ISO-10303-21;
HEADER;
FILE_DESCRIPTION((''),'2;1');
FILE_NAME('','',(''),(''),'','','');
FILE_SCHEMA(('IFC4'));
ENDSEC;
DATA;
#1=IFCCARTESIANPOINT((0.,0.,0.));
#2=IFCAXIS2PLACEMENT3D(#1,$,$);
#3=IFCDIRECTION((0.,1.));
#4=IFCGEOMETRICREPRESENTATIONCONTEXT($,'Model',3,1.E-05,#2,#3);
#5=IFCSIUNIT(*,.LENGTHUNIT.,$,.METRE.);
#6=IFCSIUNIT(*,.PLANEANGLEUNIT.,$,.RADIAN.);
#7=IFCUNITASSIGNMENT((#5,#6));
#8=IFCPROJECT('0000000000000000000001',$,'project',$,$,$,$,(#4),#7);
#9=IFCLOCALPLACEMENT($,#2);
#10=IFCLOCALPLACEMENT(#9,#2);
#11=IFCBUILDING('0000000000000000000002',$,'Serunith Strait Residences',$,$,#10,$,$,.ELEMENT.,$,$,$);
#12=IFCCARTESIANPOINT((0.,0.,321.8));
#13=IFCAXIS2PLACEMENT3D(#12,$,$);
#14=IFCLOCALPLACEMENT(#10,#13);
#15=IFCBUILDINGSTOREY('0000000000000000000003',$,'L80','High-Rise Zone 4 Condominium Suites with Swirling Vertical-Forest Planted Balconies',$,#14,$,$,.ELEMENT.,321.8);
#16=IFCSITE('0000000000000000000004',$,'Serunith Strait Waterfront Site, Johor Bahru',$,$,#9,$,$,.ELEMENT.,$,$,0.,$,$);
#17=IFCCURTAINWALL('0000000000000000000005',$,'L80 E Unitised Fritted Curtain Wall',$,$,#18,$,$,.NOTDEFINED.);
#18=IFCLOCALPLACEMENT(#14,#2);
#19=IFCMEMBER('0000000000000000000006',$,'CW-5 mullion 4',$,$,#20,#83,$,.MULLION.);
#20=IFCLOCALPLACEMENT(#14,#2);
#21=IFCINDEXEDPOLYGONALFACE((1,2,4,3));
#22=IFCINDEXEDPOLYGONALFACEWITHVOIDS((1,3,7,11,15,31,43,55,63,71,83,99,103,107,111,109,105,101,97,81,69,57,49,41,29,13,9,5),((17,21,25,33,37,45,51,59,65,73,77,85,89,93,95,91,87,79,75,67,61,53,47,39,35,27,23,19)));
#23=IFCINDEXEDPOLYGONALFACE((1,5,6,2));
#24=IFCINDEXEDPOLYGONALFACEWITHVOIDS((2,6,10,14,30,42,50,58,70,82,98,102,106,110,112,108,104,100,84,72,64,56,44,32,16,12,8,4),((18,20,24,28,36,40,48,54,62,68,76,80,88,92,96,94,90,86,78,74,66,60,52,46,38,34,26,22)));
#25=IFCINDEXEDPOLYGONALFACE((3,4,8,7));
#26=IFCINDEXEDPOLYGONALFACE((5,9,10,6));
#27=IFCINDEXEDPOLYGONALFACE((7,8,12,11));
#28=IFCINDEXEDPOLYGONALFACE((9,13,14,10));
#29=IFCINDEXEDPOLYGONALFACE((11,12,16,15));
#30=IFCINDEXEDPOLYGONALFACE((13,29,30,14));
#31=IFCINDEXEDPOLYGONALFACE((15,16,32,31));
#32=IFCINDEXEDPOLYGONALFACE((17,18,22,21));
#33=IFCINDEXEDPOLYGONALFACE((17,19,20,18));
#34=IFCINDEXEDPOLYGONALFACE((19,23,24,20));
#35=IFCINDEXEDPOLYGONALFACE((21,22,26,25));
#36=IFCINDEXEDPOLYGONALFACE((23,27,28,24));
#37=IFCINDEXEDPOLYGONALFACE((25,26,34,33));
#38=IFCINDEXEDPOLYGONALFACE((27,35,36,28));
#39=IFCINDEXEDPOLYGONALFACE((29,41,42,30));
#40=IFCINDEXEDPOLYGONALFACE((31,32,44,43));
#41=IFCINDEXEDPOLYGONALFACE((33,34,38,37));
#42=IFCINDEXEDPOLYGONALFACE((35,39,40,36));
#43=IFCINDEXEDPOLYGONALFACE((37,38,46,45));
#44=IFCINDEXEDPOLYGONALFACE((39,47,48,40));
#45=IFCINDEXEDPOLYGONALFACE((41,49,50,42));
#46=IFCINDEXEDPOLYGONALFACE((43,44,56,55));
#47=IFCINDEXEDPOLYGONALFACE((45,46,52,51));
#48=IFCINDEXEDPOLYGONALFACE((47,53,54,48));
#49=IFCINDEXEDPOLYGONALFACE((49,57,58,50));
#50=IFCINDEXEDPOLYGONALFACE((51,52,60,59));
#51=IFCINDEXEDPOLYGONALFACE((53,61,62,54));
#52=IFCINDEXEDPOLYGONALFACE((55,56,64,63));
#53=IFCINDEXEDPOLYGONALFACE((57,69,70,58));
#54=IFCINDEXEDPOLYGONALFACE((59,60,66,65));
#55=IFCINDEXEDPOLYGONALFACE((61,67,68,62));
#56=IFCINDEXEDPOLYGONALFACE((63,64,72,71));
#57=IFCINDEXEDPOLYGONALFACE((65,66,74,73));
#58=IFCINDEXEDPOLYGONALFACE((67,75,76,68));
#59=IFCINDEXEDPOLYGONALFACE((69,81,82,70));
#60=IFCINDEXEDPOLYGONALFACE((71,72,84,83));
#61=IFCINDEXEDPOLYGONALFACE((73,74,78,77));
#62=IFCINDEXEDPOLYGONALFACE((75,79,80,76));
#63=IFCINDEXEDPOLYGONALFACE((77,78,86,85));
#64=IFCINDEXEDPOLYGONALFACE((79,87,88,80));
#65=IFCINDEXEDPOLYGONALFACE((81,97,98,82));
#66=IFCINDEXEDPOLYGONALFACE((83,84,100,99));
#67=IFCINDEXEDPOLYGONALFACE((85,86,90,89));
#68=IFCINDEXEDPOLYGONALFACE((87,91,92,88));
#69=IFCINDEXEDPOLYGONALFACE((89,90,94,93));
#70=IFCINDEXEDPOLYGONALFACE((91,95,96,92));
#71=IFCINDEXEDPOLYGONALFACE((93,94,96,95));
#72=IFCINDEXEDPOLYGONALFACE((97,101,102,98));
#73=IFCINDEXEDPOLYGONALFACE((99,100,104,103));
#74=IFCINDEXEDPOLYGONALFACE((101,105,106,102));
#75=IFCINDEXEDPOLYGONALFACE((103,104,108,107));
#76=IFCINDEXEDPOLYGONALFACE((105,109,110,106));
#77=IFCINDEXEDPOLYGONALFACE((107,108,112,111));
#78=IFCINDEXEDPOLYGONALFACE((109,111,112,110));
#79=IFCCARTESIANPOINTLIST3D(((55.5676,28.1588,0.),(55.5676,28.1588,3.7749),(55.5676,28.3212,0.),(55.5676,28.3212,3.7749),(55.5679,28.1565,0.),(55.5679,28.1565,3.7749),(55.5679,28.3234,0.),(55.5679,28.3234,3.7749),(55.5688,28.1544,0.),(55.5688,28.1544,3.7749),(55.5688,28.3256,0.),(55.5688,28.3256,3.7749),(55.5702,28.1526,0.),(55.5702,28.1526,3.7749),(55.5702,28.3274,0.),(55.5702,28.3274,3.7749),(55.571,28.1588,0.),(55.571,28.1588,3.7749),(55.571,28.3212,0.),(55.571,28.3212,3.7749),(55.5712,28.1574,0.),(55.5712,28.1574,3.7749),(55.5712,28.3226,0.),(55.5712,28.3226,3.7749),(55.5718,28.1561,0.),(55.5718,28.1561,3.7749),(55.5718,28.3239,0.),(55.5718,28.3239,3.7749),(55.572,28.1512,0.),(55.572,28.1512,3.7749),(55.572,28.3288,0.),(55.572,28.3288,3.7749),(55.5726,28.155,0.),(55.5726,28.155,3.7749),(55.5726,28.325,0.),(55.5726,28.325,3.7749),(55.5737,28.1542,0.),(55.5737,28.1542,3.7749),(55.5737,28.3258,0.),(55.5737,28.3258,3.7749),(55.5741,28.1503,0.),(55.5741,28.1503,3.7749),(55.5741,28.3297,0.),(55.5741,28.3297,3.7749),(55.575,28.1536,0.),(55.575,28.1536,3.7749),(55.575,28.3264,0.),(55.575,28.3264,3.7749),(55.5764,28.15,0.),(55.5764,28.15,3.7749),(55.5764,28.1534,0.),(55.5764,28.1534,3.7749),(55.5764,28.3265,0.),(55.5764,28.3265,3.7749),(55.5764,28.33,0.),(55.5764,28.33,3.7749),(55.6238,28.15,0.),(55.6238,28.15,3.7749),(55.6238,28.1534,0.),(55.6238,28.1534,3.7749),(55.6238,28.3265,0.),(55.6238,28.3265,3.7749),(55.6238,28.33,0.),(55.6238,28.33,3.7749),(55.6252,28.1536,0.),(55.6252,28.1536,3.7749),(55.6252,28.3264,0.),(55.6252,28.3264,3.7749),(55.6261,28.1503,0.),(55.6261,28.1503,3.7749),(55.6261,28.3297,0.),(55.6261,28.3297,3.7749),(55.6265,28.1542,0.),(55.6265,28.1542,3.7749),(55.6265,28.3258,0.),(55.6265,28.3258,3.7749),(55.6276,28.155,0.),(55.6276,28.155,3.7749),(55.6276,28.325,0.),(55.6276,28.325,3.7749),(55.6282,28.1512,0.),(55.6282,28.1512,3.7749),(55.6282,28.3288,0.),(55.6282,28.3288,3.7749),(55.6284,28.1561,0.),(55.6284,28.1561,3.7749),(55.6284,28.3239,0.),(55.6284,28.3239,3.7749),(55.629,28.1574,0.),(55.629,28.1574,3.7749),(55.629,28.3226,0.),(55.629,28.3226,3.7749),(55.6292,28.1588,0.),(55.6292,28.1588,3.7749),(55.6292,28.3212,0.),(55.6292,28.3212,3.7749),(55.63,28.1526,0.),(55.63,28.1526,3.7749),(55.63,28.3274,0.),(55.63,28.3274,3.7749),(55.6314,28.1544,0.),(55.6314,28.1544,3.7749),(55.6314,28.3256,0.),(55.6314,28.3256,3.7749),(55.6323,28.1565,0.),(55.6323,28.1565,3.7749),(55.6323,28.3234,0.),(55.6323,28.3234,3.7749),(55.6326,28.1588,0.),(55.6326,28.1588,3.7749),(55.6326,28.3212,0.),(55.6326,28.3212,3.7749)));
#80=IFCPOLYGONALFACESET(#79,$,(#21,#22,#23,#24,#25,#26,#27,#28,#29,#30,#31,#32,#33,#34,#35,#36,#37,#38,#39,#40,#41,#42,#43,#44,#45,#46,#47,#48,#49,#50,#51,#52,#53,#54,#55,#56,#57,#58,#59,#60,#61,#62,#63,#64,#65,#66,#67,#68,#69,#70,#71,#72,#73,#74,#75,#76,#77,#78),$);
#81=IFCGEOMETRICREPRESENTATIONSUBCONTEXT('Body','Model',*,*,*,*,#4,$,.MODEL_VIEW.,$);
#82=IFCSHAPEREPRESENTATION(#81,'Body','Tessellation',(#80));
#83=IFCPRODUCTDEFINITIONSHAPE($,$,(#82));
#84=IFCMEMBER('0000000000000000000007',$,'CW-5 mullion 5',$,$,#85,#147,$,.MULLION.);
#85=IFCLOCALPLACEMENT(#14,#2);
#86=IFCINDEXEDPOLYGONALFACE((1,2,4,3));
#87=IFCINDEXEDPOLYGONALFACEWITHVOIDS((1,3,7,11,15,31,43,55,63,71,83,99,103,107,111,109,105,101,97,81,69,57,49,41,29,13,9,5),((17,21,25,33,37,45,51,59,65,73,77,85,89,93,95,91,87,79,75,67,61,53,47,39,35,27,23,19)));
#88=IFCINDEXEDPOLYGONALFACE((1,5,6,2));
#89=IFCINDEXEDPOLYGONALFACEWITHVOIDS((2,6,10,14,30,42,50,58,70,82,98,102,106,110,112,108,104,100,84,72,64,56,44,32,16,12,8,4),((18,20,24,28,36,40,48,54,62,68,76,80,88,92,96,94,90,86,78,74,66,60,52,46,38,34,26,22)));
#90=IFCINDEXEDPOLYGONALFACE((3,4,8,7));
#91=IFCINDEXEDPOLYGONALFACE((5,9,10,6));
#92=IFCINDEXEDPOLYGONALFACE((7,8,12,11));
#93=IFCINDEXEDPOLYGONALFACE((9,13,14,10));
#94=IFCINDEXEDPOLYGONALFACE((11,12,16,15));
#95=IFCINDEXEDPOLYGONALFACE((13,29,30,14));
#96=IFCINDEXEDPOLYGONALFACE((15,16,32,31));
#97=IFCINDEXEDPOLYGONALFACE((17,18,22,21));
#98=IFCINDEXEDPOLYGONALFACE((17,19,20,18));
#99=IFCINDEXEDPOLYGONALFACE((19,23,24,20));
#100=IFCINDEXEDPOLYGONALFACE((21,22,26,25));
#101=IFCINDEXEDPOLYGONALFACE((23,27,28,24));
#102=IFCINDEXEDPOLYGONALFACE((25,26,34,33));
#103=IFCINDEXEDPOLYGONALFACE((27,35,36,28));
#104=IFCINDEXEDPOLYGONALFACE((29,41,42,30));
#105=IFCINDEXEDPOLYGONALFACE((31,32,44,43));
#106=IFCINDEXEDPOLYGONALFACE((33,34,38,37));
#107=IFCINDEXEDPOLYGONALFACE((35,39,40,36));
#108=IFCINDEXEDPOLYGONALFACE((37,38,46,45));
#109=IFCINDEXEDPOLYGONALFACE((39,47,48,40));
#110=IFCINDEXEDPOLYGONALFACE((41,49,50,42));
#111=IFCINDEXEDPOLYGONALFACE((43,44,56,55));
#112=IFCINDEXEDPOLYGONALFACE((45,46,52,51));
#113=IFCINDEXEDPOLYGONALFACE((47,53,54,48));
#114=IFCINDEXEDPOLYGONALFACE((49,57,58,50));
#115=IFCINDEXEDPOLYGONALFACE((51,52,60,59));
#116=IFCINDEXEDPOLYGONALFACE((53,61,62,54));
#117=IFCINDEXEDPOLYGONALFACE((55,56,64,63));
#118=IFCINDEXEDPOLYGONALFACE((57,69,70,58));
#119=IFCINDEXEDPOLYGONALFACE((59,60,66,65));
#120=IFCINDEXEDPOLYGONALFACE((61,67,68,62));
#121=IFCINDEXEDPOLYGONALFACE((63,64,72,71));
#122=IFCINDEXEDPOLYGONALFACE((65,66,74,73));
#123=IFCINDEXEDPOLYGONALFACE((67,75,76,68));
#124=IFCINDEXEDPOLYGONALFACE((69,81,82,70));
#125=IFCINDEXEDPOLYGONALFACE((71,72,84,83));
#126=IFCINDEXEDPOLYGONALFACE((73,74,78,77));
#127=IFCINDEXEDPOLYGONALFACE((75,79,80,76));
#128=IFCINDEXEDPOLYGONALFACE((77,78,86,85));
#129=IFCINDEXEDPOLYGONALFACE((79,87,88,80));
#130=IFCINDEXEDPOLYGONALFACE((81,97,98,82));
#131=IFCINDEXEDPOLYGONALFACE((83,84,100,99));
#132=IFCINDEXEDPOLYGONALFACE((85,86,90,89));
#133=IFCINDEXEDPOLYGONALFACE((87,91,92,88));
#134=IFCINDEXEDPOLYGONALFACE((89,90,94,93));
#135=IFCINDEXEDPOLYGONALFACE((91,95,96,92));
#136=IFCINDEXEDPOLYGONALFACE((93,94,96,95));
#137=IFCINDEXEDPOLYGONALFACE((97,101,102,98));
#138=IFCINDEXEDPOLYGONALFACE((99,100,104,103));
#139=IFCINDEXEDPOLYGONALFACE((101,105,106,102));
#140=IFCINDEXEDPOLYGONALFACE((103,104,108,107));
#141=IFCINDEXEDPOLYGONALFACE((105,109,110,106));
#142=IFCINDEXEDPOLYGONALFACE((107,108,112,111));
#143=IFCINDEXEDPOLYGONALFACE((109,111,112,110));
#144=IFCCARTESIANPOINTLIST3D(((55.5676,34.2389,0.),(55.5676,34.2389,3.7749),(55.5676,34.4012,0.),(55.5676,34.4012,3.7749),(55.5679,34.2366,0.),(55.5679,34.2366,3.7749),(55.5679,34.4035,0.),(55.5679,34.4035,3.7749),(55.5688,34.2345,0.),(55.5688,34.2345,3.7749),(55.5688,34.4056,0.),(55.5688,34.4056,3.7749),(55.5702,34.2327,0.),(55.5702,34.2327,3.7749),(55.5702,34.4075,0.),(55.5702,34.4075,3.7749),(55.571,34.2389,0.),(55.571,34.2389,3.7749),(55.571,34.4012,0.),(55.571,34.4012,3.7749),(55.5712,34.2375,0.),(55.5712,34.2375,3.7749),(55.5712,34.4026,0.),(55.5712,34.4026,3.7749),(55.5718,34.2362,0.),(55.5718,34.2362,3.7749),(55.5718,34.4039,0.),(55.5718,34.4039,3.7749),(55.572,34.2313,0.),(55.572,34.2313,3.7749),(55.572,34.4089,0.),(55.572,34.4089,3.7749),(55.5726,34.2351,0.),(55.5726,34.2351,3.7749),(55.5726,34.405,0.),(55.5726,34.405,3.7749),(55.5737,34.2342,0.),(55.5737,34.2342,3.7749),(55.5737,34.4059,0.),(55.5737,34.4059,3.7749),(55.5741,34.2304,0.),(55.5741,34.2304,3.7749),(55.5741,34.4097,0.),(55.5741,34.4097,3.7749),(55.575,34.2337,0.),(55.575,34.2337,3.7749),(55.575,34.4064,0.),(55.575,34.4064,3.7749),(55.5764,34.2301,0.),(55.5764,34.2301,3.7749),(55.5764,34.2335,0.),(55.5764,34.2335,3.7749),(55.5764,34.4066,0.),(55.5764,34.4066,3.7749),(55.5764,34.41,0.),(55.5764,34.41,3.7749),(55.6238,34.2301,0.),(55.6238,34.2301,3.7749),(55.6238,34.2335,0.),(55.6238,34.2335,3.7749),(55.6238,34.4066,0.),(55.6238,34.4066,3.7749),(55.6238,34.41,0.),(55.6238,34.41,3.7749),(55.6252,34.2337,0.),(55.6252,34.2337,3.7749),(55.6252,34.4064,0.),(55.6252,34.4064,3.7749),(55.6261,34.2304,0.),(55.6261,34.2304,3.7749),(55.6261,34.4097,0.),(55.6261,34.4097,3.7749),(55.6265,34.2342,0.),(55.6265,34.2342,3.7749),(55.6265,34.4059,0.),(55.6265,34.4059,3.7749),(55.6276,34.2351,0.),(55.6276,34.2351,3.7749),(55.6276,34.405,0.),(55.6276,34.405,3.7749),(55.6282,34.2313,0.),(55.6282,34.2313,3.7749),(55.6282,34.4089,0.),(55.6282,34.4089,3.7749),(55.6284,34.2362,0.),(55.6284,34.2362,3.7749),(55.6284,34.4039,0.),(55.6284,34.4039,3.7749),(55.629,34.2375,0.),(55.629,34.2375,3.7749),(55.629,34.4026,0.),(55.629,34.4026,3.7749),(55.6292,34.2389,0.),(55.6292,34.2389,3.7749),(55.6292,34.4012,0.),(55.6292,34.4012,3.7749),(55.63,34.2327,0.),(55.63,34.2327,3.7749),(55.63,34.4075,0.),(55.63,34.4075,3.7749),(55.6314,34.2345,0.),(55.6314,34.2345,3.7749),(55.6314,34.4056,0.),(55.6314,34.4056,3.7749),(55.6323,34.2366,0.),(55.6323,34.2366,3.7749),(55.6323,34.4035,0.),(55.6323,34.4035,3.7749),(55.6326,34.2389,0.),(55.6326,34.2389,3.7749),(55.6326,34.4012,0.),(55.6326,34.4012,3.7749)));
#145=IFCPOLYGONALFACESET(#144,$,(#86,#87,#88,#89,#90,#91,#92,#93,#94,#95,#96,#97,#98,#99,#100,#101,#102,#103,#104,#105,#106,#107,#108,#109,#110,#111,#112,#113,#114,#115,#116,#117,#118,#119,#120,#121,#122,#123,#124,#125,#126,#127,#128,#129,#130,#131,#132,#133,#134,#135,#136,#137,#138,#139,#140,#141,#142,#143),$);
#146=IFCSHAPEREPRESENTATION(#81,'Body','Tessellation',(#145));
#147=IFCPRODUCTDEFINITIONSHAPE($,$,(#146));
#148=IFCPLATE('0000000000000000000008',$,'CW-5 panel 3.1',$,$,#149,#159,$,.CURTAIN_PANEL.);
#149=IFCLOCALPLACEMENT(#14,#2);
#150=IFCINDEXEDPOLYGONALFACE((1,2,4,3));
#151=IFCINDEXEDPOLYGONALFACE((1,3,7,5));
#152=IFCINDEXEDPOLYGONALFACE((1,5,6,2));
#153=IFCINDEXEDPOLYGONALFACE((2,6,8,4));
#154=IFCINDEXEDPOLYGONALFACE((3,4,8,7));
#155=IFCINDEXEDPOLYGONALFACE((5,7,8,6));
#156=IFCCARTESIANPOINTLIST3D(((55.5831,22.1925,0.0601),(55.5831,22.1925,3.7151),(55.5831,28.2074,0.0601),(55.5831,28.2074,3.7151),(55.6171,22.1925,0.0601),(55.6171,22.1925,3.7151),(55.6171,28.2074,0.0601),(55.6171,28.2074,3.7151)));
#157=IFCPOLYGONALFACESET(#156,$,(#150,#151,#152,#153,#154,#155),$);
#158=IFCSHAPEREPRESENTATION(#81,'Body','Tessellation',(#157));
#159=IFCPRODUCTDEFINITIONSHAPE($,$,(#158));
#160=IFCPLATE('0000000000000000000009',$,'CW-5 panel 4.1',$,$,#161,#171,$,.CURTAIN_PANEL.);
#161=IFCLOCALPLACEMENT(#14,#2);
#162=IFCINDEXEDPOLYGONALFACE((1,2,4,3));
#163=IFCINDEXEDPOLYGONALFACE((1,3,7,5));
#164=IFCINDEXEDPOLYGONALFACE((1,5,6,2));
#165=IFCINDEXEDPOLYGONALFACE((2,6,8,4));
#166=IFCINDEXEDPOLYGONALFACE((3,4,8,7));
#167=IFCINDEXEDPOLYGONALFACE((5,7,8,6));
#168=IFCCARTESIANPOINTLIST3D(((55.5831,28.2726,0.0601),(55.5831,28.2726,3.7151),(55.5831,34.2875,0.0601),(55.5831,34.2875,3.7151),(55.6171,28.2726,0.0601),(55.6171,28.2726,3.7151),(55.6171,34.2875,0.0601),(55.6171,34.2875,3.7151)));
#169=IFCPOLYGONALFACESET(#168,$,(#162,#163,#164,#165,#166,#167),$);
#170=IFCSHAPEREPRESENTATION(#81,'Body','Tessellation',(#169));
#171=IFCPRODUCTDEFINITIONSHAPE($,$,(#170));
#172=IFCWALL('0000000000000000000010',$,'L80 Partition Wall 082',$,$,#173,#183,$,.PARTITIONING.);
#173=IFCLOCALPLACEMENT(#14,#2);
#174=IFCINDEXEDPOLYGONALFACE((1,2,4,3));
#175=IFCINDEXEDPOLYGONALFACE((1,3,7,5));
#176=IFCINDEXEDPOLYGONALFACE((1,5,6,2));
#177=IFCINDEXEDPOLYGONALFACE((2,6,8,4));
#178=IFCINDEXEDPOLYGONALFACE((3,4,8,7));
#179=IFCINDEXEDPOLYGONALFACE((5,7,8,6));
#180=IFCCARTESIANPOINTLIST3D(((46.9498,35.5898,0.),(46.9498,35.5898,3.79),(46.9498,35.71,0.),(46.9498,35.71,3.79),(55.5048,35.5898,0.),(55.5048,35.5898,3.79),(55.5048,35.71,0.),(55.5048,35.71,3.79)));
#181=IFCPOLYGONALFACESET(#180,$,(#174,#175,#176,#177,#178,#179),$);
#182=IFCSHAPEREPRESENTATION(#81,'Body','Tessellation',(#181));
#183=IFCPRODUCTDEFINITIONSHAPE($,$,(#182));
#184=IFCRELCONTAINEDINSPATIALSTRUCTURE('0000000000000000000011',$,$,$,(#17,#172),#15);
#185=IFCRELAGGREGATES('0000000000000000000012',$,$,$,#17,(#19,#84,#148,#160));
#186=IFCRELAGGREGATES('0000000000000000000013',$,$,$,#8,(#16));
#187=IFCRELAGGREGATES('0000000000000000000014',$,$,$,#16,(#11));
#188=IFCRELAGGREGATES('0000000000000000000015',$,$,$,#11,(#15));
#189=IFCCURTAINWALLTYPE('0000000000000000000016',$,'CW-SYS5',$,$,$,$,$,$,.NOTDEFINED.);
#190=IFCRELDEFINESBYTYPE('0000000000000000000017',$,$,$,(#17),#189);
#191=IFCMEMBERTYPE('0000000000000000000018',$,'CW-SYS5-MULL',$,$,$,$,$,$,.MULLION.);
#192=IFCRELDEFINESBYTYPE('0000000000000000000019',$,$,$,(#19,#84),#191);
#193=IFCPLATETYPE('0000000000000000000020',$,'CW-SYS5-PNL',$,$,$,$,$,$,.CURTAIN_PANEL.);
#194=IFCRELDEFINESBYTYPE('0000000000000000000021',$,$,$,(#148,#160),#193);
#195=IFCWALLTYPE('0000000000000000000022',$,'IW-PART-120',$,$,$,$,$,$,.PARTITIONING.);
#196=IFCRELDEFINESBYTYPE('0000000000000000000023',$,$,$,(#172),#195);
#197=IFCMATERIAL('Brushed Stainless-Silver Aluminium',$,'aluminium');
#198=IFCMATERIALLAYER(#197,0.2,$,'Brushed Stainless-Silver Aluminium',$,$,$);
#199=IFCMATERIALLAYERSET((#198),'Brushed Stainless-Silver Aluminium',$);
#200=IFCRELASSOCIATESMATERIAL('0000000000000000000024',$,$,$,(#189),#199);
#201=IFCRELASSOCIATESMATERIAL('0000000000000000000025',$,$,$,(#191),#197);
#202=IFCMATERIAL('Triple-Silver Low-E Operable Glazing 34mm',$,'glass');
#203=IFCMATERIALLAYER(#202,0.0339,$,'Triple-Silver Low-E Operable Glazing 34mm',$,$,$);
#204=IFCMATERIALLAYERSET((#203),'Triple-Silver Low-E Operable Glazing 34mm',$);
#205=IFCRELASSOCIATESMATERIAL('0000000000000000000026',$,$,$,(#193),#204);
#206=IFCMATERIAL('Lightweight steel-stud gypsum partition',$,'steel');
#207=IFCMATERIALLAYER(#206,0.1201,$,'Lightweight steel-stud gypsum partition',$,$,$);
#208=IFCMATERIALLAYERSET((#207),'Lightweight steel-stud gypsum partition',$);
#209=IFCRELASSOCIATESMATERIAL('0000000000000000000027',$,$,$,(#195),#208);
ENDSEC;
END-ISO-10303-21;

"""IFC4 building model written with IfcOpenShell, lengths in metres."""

from ifc_helpers import new_model, si_unit, direction, frame, frame_2d, origin, origin_2d, place, context, subcontext, project, spatial, rectangle, hollow_rectangle, extrude, source, transform, mapped, material, layer, layer_set, material_profile, profile_set, type_object, element, aggregate, save


model = new_model("IFC4")

# Units and contexts
model_context = context("Model", 3, precision=1e-05, world=origin(), true_north=direction((0.0, 1.0)))
body_context = subcontext(model_context, "Body", "Model", "MODEL_VIEW")
ifc_project = project(units=[si_unit("LENGTHUNIT", "METRE"), si_unit("PLANEANGLEUNIT", "RADIAN")], contexts=[model_context])

# Site, building, storey
site_placement = place(None, origin())
site = spatial("IfcSite", under=ifc_project, at=site_placement, Name="Serunith Strait Waterfront Site, Johor Bahru", CompositionType="ELEMENT", RefElevation=0.0)
building_placement = place(site_placement, origin())
building = spatial("IfcBuilding", under=site, at=building_placement, Name="Serunith Strait Residences", CompositionType="ELEMENT")
storey_placement = place(building_placement, frame((0.0, 0.0, 321.8)))
storey = spatial("IfcBuildingStorey", under=building, at=storey_placement, Name="L80", Description="High-Rise Zone 4 Condominium Suites with Swirling Vertical-Forest Planted Balconies", CompositionType="ELEMENT", Elevation=321.8)

# Curtain wall, members, plates
ifc_material_1 = material(Name="Brushed Stainless-Silver Aluminium", Category="aluminium")
ifc_layer_1 = layer(ifc_material_1, 0.2, Name="Brushed Stainless-Silver Aluminium")
ifc_layer_set_1 = layer_set([ifc_layer_1], Name="Brushed Stainless-Silver Aluminium")
curtain_wall_type = type_object("IfcCurtainWallType", Name="CW-SYS5", PredefinedType="NOTDEFINED", material=ifc_layer_set_1)
curtain_wall_placement = place(storey_placement, origin())
curtain_wall = element("IfcCurtainWall", 1, at=curtain_wall_placement, inside=storey, type_object=curtain_wall_type, Name="L80 E Unitised Fritted Curtain Wall", PredefinedType="NOTDEFINED")
ifc_material_profile_1 = material_profile(ifc_material_1, hollow_rectangle(XDim=0.0649, YDim=0.1799, WallThickness=0.0034, InnerFilletRadius=0.0054, OuterFilletRadius=0.0088, at=origin_2d()), Name="ALU 180x65x3.5")
ifc_profile_set_1 = profile_set([ifc_material_profile_1], Name="Brushed Stainless-Silver Aluminium")
member_type_1 = type_object("IfcMemberType", Name="CW-SYS5-MULL", PredefinedType="MULLION", material=ifc_profile_set_1)
shared_shape_1 = source(origin(), body_context, "Body", "SweptSolid", [
    extrude(hollow_rectangle(XDim=0.0649, YDim=0.1799, WallThickness=0.0034, InnerFilletRadius=0.0054, OuterFilletRadius=0.0088, at=origin_2d()), origin(), (0.0, 0.0, 1.0), 3.7749),
])
member_1_placement = place(storey_placement, frame((55.6001, 28.24, 0.0), z_axis=(0.0, 0.0, 1.0), x_axis=(-1.0, 0.0, 0.0)))
member_1 = element("IfcMember", 2, at=member_1_placement, type_object=member_type_1, Name="CW-5 mullion 4", PredefinedType="MULLION", context=body_context, shape_type="MappedRepresentation", body=[
    mapped(shared_shape_1, transform((0.0, 0.0, 0.0), scale=1.0)),
])
member_2_placement = place(storey_placement, frame((55.6001, 34.3201, 0.0), z_axis=(0.0, 0.0, 1.0), x_axis=(-1.0, 0.0, 0.0)))
member_2 = element("IfcMember", 3, at=member_2_placement, type_object=member_type_1, Name="CW-5 mullion 5", PredefinedType="MULLION", context=body_context, shape_type="MappedRepresentation", body=[
    mapped(shared_shape_1, transform((0.0, 0.0, 0.0), scale=1.0)),
])
ifc_material_2 = material(Name="Triple-Silver Low-E Operable Glazing 34mm", Category="glass")
ifc_layer_2 = layer(ifc_material_2, 0.0339, Name="Triple-Silver Low-E Operable Glazing 34mm")
ifc_layer_set_2 = layer_set([ifc_layer_2], Name="Triple-Silver Low-E Operable Glazing 34mm")
plate_type = type_object("IfcPlateType", Name="CW-SYS5-PNL", PredefinedType="CURTAIN_PANEL", material=ifc_layer_set_2)
shared_shape_2 = source(origin(), body_context, "Body", "SweptSolid", [
    extrude(rectangle(XDim=6.0149, YDim=0.0339, at=origin_2d()), origin(), (0.0, 0.0, 1.0), 3.655),
])
plate_1_placement = place(storey_placement, frame((55.6001, 25.2, 0.0601), z_axis=(0.0, 0.0, 1.0), x_axis=(0.0, 1.0, 0.0)))
plate_1 = element("IfcPlate", 4, at=plate_1_placement, type_object=plate_type, Name="CW-5 panel 3.1", PredefinedType="CURTAIN_PANEL", context=body_context, shape_type="MappedRepresentation", body=[
    mapped(shared_shape_2, transform((0.0, 0.0, 0.0), scale=1.0)),
])
plate_2_placement = place(storey_placement, frame((55.6001, 31.28, 0.0601), z_axis=(0.0, 0.0, 1.0), x_axis=(0.0, 1.0, 0.0)))
plate_2 = element("IfcPlate", 5, at=plate_2_placement, type_object=plate_type, Name="CW-5 panel 4.1", PredefinedType="CURTAIN_PANEL", context=body_context, shape_type="MappedRepresentation", body=[
    mapped(shared_shape_2, transform((0.0, 0.0, 0.0), scale=1.0)),
])
aggregate(curtain_wall, [member_1, member_2, plate_1, plate_2])

# Wall
ifc_material_3 = material(Name="Lightweight steel-stud gypsum partition", Category="steel")
ifc_layer_3 = layer(ifc_material_3, 0.1201, Name="Lightweight steel-stud gypsum partition")
ifc_layer_set_3 = layer_set([ifc_layer_3], Name="Lightweight steel-stud gypsum partition")
wall_type_1 = type_object("IfcWallType", Name="IW-PART-120", PredefinedType="PARTITIONING", material=ifc_layer_set_3)
wall_1_placement = place(storey_placement, frame((46.95, 35.6499, 0.0), z_axis=(0.0, 0.0, 1.0), x_axis=(1.0, 0.0, 0.0)))
element("IfcWall", 6, at=wall_1_placement, inside=storey, type_object=wall_type_1, Name="L80 Partition Wall 082", PredefinedType="PARTITIONING", context=body_context, shape_type="SweptSolid", body=[
    extrude(rectangle(XDim=8.5549, YDim=0.1201, at=frame_2d((4.2773, 0.0))), origin(), (0.0, 0.0, 1.0), 3.79),
])

save(model, "model.ifc")
